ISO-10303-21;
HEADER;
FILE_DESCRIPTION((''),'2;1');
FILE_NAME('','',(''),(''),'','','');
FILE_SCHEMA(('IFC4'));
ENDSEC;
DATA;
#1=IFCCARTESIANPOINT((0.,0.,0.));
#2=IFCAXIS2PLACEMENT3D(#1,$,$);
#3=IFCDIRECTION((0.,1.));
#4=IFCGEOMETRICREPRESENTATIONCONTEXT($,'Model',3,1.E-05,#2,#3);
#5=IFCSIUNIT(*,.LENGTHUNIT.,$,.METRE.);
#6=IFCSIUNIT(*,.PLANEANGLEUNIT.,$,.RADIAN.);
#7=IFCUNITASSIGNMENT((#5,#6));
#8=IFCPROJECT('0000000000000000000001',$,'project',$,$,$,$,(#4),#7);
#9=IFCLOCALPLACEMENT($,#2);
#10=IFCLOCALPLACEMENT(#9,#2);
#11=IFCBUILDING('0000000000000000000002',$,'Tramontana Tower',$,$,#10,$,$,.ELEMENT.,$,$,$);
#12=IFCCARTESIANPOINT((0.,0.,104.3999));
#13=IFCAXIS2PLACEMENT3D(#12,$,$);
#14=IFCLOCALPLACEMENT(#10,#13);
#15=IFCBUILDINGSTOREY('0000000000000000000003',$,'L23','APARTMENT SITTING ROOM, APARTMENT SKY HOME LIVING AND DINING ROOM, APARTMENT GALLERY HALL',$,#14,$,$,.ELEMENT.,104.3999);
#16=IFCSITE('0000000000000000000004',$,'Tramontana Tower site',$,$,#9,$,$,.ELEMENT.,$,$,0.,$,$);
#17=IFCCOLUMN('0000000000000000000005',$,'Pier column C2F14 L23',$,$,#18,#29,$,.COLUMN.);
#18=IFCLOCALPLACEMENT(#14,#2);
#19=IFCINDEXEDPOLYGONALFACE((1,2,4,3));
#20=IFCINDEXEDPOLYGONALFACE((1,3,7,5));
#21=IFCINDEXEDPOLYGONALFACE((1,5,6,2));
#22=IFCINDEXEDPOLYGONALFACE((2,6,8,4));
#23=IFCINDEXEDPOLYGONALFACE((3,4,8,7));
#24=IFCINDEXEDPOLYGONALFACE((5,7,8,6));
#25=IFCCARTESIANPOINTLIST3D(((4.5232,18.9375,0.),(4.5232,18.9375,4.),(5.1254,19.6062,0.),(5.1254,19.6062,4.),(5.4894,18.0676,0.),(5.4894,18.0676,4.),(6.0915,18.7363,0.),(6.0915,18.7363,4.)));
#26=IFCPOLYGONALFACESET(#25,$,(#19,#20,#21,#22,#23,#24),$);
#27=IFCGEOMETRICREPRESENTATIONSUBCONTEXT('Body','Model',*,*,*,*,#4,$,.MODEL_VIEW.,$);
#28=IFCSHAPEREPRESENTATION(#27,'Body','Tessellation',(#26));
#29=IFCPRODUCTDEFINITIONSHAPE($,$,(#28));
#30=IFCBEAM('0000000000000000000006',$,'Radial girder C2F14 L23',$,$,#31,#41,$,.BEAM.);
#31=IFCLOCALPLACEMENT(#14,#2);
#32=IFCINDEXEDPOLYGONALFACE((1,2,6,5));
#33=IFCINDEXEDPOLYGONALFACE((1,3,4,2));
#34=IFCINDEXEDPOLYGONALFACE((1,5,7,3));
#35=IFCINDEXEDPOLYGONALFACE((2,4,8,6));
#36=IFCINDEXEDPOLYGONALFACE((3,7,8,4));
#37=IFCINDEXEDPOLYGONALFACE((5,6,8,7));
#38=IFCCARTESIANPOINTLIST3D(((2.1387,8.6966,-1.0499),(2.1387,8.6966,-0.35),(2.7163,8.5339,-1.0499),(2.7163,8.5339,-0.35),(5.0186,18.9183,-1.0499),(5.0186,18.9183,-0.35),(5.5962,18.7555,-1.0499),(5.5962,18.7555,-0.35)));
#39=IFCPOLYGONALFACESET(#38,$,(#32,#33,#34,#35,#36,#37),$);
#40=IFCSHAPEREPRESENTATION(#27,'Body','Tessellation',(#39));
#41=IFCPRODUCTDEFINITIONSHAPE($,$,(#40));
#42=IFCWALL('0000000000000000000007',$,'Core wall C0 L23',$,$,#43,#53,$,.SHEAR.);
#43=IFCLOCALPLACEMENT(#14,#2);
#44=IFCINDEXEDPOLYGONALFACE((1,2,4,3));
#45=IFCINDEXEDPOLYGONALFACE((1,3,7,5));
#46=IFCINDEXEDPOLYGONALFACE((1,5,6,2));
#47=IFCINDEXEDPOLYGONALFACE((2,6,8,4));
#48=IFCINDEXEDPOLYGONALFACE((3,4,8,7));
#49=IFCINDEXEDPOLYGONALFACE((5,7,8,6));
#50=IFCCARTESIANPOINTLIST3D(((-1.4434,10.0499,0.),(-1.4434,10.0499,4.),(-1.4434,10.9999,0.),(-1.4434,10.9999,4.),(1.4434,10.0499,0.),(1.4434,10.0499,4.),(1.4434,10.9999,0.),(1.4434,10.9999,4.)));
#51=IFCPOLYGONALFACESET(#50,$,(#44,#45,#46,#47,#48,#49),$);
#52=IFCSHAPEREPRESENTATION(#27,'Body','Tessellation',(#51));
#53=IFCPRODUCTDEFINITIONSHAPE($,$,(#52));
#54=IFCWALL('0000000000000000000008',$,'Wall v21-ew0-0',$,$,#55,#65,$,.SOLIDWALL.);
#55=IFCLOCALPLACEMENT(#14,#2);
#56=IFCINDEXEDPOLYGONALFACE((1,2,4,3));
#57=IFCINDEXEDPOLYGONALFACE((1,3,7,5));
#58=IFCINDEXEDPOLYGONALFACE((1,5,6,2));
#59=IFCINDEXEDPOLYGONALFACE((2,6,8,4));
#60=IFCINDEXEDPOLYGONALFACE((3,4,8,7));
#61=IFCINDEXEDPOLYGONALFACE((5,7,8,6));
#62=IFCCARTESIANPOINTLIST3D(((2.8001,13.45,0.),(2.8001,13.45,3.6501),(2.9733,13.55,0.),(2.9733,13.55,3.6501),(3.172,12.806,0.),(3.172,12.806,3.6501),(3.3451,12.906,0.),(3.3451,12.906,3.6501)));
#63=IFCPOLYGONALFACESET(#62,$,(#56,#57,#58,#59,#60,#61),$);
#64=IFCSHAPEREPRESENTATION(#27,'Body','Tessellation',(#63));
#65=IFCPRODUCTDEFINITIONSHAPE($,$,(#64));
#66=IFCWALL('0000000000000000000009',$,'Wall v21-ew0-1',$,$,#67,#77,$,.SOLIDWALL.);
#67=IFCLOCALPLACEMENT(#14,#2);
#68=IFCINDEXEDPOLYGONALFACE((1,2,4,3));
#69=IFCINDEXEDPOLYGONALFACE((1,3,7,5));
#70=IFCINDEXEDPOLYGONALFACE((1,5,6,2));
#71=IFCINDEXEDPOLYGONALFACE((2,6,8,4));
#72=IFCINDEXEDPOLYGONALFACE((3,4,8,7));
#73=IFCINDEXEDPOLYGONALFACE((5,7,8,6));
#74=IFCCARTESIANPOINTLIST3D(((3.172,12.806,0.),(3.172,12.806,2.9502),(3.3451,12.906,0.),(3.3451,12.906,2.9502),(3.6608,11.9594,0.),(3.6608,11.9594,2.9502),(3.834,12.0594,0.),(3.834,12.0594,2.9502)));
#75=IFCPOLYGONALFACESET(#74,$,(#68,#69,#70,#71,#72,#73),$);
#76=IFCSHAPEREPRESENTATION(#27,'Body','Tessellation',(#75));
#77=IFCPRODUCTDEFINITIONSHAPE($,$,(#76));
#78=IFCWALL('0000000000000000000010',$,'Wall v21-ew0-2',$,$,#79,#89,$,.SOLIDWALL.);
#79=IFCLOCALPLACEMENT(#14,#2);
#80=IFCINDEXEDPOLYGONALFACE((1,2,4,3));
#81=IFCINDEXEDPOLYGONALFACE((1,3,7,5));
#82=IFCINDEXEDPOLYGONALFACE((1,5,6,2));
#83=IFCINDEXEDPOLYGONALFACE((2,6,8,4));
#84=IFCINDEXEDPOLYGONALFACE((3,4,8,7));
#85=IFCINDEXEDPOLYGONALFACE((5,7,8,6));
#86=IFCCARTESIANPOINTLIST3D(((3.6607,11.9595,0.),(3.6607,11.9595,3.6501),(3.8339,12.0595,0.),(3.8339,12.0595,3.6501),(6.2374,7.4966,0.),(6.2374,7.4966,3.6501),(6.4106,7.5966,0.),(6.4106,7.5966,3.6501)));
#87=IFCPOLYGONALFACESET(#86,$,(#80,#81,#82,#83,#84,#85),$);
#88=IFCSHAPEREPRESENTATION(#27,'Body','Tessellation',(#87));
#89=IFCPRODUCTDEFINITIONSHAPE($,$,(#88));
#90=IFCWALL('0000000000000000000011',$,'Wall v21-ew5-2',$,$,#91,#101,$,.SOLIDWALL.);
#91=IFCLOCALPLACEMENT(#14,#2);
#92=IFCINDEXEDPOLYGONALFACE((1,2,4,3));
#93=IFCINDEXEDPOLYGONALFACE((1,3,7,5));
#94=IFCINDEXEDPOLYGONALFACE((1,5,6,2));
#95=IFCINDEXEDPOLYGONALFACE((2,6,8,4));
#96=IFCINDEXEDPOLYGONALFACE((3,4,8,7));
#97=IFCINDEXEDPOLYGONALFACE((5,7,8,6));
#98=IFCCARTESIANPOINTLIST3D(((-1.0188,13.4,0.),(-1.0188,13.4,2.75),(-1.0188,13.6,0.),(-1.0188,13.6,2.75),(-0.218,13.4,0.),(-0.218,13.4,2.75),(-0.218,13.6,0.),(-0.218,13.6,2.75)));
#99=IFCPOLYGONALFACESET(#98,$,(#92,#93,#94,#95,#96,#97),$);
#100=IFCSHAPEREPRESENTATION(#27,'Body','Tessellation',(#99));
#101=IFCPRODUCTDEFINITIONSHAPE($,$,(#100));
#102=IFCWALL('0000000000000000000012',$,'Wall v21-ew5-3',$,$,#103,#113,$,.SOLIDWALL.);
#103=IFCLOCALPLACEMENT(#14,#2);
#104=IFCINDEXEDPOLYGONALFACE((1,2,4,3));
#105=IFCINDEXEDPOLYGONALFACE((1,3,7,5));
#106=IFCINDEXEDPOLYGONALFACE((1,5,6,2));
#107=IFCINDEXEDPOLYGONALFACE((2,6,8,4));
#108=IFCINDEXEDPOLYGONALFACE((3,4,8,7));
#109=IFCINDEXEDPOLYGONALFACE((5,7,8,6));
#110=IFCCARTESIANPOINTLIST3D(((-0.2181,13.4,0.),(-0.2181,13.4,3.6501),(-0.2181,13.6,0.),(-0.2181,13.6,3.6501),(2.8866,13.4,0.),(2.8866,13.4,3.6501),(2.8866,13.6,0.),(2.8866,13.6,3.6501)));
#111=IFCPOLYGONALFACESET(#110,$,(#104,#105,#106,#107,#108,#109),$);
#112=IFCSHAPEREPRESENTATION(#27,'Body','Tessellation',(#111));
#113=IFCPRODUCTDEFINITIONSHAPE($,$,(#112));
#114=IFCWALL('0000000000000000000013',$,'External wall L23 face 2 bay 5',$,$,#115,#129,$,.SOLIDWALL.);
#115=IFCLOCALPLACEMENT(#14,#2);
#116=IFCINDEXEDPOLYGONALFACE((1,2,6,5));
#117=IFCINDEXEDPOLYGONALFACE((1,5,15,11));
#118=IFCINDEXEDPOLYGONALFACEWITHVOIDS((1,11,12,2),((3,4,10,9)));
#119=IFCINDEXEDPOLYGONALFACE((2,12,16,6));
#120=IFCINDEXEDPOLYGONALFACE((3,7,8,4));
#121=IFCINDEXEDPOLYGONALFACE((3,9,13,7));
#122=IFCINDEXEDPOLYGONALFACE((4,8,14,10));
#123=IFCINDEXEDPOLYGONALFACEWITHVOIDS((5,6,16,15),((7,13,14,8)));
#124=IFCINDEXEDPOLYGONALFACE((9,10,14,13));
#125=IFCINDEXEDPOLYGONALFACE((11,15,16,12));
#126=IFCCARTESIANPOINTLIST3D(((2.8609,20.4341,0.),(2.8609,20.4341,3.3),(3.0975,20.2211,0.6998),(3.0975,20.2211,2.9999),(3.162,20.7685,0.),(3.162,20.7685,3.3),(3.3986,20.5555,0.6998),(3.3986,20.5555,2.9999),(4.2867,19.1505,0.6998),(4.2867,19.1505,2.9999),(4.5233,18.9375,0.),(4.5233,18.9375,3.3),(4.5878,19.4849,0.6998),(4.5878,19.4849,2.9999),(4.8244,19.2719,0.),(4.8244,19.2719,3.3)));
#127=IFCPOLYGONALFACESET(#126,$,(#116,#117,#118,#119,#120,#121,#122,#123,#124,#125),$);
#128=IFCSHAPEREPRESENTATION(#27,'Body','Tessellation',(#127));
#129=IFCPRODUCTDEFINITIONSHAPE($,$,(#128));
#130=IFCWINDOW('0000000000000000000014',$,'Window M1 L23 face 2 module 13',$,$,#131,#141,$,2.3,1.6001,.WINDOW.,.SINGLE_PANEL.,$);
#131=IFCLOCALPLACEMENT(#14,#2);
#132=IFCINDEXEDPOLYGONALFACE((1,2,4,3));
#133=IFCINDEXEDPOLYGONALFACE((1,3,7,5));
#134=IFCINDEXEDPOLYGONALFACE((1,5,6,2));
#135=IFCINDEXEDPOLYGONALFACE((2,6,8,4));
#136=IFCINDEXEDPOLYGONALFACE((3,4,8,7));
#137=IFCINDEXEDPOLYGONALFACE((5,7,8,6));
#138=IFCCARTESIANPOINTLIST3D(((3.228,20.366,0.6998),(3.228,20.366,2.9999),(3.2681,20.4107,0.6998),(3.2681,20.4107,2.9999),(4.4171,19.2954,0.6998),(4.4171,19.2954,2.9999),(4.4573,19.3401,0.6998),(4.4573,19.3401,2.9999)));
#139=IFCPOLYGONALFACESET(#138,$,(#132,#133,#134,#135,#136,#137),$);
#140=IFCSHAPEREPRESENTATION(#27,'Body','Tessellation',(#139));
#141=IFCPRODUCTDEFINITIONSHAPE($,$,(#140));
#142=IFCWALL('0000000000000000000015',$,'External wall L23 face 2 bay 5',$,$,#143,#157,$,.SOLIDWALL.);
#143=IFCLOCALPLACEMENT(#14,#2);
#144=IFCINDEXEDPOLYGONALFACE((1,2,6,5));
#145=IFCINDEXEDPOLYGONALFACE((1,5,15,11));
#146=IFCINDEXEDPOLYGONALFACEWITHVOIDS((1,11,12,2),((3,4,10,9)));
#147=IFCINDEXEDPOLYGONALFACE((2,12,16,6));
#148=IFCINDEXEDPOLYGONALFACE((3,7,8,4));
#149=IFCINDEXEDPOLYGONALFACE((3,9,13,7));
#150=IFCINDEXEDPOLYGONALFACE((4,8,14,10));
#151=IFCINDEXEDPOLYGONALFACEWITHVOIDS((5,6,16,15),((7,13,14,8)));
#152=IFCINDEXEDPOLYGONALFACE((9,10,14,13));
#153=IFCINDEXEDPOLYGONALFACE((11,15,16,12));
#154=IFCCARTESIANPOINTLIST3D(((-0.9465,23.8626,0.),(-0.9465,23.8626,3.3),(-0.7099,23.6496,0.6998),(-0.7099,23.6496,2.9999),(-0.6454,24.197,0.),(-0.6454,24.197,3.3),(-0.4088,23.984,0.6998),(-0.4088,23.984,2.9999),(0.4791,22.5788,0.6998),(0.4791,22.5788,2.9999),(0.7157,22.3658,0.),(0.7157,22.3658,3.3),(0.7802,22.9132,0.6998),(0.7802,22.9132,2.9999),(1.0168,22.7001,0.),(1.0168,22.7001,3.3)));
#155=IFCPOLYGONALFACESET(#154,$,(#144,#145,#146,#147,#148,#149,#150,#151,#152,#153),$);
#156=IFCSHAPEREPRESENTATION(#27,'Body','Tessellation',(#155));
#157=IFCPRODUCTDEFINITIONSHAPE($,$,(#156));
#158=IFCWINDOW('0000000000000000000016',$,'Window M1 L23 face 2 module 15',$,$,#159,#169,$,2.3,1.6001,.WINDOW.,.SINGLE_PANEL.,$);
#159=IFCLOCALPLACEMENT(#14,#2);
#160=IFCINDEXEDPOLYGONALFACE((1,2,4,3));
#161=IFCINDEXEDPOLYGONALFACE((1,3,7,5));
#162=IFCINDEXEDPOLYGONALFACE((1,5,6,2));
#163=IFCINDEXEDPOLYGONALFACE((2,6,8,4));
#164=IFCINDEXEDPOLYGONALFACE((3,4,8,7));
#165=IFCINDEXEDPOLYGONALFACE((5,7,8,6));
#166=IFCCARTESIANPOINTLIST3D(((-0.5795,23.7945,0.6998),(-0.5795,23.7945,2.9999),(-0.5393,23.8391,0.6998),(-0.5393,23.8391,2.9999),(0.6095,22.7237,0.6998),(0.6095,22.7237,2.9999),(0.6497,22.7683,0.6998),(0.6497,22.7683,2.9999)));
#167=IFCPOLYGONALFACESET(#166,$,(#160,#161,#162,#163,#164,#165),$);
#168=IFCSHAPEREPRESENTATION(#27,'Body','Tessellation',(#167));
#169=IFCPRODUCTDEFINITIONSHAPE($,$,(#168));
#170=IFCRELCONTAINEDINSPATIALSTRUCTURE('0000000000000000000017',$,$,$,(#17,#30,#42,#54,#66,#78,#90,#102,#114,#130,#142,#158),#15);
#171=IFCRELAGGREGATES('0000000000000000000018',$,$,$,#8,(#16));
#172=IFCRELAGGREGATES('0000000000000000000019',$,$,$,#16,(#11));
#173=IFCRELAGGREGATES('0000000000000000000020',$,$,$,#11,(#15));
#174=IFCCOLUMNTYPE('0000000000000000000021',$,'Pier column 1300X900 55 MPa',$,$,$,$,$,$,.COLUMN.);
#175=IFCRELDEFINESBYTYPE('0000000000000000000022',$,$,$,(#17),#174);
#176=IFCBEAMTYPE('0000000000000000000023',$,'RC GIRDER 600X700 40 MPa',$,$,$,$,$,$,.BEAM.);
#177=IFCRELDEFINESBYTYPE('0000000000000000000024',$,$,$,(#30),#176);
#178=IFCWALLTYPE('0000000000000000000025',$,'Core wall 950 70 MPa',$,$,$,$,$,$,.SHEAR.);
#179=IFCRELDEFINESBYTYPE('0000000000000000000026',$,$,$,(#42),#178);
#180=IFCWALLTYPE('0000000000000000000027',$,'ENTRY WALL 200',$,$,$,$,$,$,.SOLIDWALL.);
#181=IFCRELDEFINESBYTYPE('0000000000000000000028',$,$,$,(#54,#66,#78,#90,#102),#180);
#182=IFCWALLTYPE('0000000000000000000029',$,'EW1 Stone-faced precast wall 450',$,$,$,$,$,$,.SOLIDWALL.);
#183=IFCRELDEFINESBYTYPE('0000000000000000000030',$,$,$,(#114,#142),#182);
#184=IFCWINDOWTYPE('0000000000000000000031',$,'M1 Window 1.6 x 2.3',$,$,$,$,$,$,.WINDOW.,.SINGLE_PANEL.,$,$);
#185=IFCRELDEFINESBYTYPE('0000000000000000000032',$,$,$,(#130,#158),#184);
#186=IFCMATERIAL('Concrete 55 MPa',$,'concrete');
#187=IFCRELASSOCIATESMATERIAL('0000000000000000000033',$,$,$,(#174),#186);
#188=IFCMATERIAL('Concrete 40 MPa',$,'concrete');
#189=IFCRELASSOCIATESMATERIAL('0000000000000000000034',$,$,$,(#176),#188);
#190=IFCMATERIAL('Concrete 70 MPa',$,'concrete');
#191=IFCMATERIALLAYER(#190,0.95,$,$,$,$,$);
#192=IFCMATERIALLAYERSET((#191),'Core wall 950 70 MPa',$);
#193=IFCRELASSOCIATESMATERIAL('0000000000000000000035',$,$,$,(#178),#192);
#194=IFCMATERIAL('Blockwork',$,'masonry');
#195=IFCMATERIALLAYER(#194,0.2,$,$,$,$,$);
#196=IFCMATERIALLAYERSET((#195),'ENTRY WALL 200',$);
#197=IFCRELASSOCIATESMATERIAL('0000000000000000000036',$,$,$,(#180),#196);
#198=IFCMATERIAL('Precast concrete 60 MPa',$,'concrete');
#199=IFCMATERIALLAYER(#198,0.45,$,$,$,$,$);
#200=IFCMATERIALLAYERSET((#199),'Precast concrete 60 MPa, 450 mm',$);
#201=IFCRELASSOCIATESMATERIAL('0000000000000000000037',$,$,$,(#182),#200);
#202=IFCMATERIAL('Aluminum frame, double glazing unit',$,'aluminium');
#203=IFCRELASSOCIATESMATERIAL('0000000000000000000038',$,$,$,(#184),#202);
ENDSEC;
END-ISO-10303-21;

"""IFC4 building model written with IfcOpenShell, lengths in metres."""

from ifc_helpers import new_model, si_unit, direction, frame, frame_2d, origin, origin_2d, place, context, subcontext, project, spatial, rectangle, extrude, material, layer, layer_set, material_profile, profile_set, type_object, element, fill, save


model = new_model("IFC4")

# Units and contexts
model_context = context("Model", 3, precision=1e-05, world=origin(), true_north=direction((0.0, 1.0)))
body_context = subcontext(model_context, "Body", "Model", "MODEL_VIEW")
ifc_project = project(units=[si_unit("LENGTHUNIT", "METRE"), si_unit("PLANEANGLEUNIT", "RADIAN")], contexts=[model_context])

# Site, building, storey
site_placement = place(None, origin())
site = spatial("IfcSite", under=ifc_project, at=site_placement, Name="Tramontana Tower site", CompositionType="ELEMENT", RefElevation=0.0)
building_placement = place(site_placement, origin())
building = spatial("IfcBuilding", under=site, at=building_placement, Name="Tramontana Tower", CompositionType="ELEMENT")
storey_placement = place(building_placement, frame((0.0, 0.0, 104.3999)))
storey = spatial("IfcBuildingStorey", under=building, at=storey_placement, Name="L23", Description="APARTMENT SITTING ROOM, APARTMENT SKY HOME LIVING AND DINING ROOM, APARTMENT GALLERY HALL", CompositionType="ELEMENT", Elevation=104.3999)

# Column
ifc_material_1 = material(Name="Concrete 55 MPa", Category="concrete")
ifc_material_profile_1 = material_profile(ifc_material_1, rectangle(XDim=1.3, YDim=0.8999, at=origin_2d()), Name="Pier column 1300X900 55 MPa")
ifc_profile_set_1 = profile_set([ifc_material_profile_1], Name="Concrete 55 MPa")
column_type = type_object("IfcColumnType", Name="Pier column 1300X900 55 MPa", PredefinedType="COLUMN", material=ifc_profile_set_1)
column_placement = place(storey_placement, frame((5.3074, 18.8369, 0.0), z_axis=(0.0, 0.0, 1.0), x_axis=(-0.743145, 0.669131, 0.0)))
element("IfcColumn", 1, at=column_placement, inside=storey, type_object=column_type, Name="Pier column C2F14 L23", PredefinedType="COLUMN", context=body_context, shape_type="SweptSolid", body=[
    extrude(rectangle(XDim=1.3, YDim=0.8999, at=origin_2d()), origin(), (0.0, 0.0, 1.0), 4.0),
])

# Beam
ifc_material_2 = material(Name="Concrete 40 MPa", Category="concrete")
ifc_material_profile_2 = material_profile(ifc_material_2, rectangle(XDim=0.6001, YDim=0.7, at=origin_2d()), Name="RC GIRDER 600X700 40 MPa")
ifc_profile_set_2 = profile_set([ifc_material_profile_2], Name="Concrete 40 MPa")
beam_type = type_object("IfcBeamType", Name="RC GIRDER 600X700 40 MPa", PredefinedType="BEAM", material=ifc_profile_set_2)
beam_placement = place(storey_placement, frame((5.3074, 18.8369, -0.7), z_axis=(-0.271185, -0.962527, 0.0), x_axis=(0.962527, -0.271185, 0.0)))
element("IfcBeam", 2, at=beam_placement, inside=storey, type_object=beam_type, Name="Radial girder C2F14 L23", PredefinedType="BEAM", context=body_context, shape_type="SweptSolid", body=[
    extrude(rectangle(XDim=0.6001, YDim=0.7, at=origin_2d()), origin(), (0.0, 0.0, 1.0), 10.6196),
])

# Walls
ifc_material_3 = material(Name="Concrete 70 MPa", Category="concrete")
ifc_layer_1 = layer(ifc_material_3, 0.95)
ifc_layer_set_1 = layer_set([ifc_layer_1], Name="Core wall 950 70 MPa")
wall_type_1 = type_object("IfcWallType", Name="Core wall 950 70 MPa", PredefinedType="SHEAR", material=ifc_layer_set_1)
wall_1_placement = place(storey_placement, frame((1.4434, 10.5249, 0.0), z_axis=(0.0, 0.0, 1.0), x_axis=(-1.0, 0.0, 0.0)))
element("IfcWall", 3, at=wall_1_placement, inside=storey, type_object=wall_type_1, Name="Core wall C0 L23", PredefinedType="SHEAR", context=body_context, shape_type="SweptSolid", body=[
    extrude(rectangle(XDim=2.8867, YDim=0.95, at=frame_2d((1.4434, 0.0))), origin(), (0.0, 0.0, 1.0), 4.0),
])
ifc_material_4 = material(Name="Blockwork", Category="masonry")
ifc_layer_2 = layer(ifc_material_4, 0.2)
ifc_layer_set_2 = layer_set([ifc_layer_2], Name="ENTRY WALL 200")
wall_type_2 = type_object("IfcWallType", Name="ENTRY WALL 200", PredefinedType="SOLIDWALL", material=ifc_layer_set_2)
wall_2_placement = place(storey_placement, frame((2.8867, 13.5, 0.0), z_axis=(0.0, 0.0, 1.0), x_axis=(0.499988, -0.866033, 0.0)))
element("IfcWall", 4, at=wall_2_placement, inside=storey, type_object=wall_type_2, Name="Wall v21-ew0-0", PredefinedType="SOLIDWALL", context=body_context, shape_type="SweptSolid", body=[
    extrude(rectangle(XDim=0.7437, YDim=0.2, at=frame_2d((0.3718, 0.0))), origin(), (0.0, 0.0, 1.0), 3.6501),
])
wall_3_placement = place(storey_placement, frame((3.2585, 12.856, 0.0), z_axis=(0.0, 0.0, 1.0), x_axis=(0.500061, -0.86599, 0.0)))
element("IfcWall", 5, at=wall_3_placement, inside=storey, type_object=wall_type_2, Name="Wall v21-ew0-1", PredefinedType="SOLIDWALL", context=body_context, shape_type="SweptSolid", body=[
    extrude(rectangle(XDim=0.9775, YDim=0.2, at=frame_2d((0.4888, 0.0))), origin(), (0.0, 0.0, 1.0), 2.9502),
])
wall_4_placement = place(storey_placement, frame((3.7473, 12.0095, 0.0), z_axis=(0.0, 0.0, 1.0), x_axis=(0.500001, -0.866025, 0.0)))
element("IfcWall", 6, at=wall_4_placement, inside=storey, type_object=wall_type_2, Name="Wall v21-ew0-2", PredefinedType="SOLIDWALL", context=body_context, shape_type="SweptSolid", body=[
    extrude(rectangle(XDim=5.1533, YDim=0.2, at=frame_2d((2.5767, 0.0))), origin(), (0.0, 0.0, 1.0), 3.6501),
])
wall_5_placement = place(storey_placement, frame((-1.0188, 13.5, 0.0), z_axis=(0.0, 0.0, 1.0), x_axis=(1.0, 0.0, 0.0)))
element("IfcWall", 7, at=wall_5_placement, inside=storey, type_object=wall_type_2, Name="Wall v21-ew5-2", PredefinedType="SOLIDWALL", context=body_context, shape_type="SweptSolid", body=[
    extrude(rectangle(XDim=0.8008, YDim=0.2, at=frame_2d((0.4004, 0.0))), origin(), (0.0, 0.0, 1.0), 2.75),
])
wall_6_placement = place(storey_placement, frame((-0.218, 13.5, 0.0), z_axis=(0.0, 0.0, 1.0), x_axis=(1.0, 0.0, 0.0)))
element("IfcWall", 8, at=wall_6_placement, inside=storey, type_object=wall_type_2, Name="Wall v21-ew5-3", PredefinedType="SOLIDWALL", context=body_context, shape_type="SweptSolid", body=[
    extrude(rectangle(XDim=3.1047, YDim=0.2, at=frame_2d((1.5522, 0.0))), origin(), (0.0, 0.0, 1.0), 3.6501),
])

# Walls, openings, windows
ifc_material_5 = material(Name="Precast concrete 60 MPa", Category="concrete")
ifc_layer_3 = layer(ifc_material_5, 0.45)
ifc_layer_set_3 = layer_set([ifc_layer_3], Name="Precast concrete 60 MPa, 450 mm")
wall_type_3 = type_object("IfcWallType", Name="EW1 Stone-faced precast wall 450", PredefinedType="SOLIDWALL", material=ifc_layer_set_3)
wall_7_placement = place(storey_placement, frame((4.6738, 19.1047, 0.0), z_axis=(0.0, 0.0, 1.0), x_axis=(-0.743191, 0.669079, 0.0)))
wall_7 = element("IfcWall", 9, at=wall_7_placement, inside=storey, type_object=wall_type_3, Name="External wall L23 face 2 bay 5", PredefinedType="SOLIDWALL", context=body_context, shape_type="SweptSolid", body=[
    extrude(rectangle(XDim=2.2368, YDim=0.45, at=frame_2d((1.1184, 0.0))), origin(), (0.0, 0.0, 1.0), 3.3),
])
opening_1_placement = place(wall_7_placement, frame((0.3184, 0.0, 0.7)))
opening_1 = element("IfcOpeningElement", 10, at=opening_1_placement, cuts=wall_7, PredefinedType="OPENING", context=body_context, shape_type="SweptSolid", body=[
    extrude(rectangle(XDim=1.6001, YDim=2.3, at=frame_2d((0.8, 1.1499))), frame((0.0, 0.2349, 0.0), z_axis=(0.0, -1.0, 0.0), x_axis=(1.0, 0.0, 0.0)), (0.0, 0.0, 1.0), 0.47),
])
ifc_material_6 = material(Name="Aluminum frame, double glazing unit", Category="aluminium")
window_type = type_object("IfcWindowType", Name="M1 Window 1.6 x 2.3", PartitioningType="SINGLE_PANEL", PredefinedType="WINDOW", material=ifc_material_6)
window_1_placement = place(opening_1_placement, origin())
window_1 = element("IfcWindow", 11, at=window_1_placement, inside=storey, type_object=window_type, Name="Window M1 L23 face 2 module 13", OverallHeight=2.3, OverallWidth=1.6001, PartitioningType="SINGLE_PANEL", PredefinedType="WINDOW", context=body_context, shape_type="SweptSolid", body=[
    extrude(rectangle(XDim=1.6001, YDim=2.3, at=frame_2d((0.8, 1.1499))), frame((0.0, 0.03, 0.0), z_axis=(0.0, -1.0, 0.0), x_axis=(1.0, 0.0, 0.0)), (0.0, 0.0, 1.0), 0.0601),
])
fill(opening_1, window_1)
wall_8_placement = place(storey_placement, frame((0.8662, 22.533, 0.0), z_axis=(0.0, 0.0, 1.0), x_axis=(-0.743088, 0.669194, 0.0)))
wall_8 = element("IfcWall", 12, at=wall_8_placement, inside=storey, type_object=wall_type_3, Name="External wall L23 face 2 bay 5", PredefinedType="SOLIDWALL", context=body_context, shape_type="SweptSolid", body=[
    extrude(rectangle(XDim=2.2368, YDim=0.45, at=frame_2d((1.1184, 0.0))), origin(), (0.0, 0.0, 1.0), 3.3),
])
opening_2_placement = place(wall_8_placement, frame((0.3184, 0.0, 0.7)))
opening_2 = element("IfcOpeningElement", 13, at=opening_2_placement, cuts=wall_8, PredefinedType="OPENING", context=body_context, shape_type="SweptSolid", body=[
    extrude(rectangle(XDim=1.6001, YDim=2.3, at=frame_2d((0.8, 1.1499))), frame((0.0, 0.2349, 0.0), z_axis=(0.0, -1.0, 0.0), x_axis=(1.0, 0.0, 0.0)), (0.0, 0.0, 1.0), 0.47),
])
window_2_placement = place(opening_2_placement, origin())
window_2 = element("IfcWindow", 14, at=window_2_placement, inside=storey, type_object=window_type, Name="Window M1 L23 face 2 module 15", OverallHeight=2.3, OverallWidth=1.6001, PartitioningType="SINGLE_PANEL", PredefinedType="WINDOW", context=body_context, shape_type="SweptSolid", body=[
    extrude(rectangle(XDim=1.6001, YDim=2.3, at=frame_2d((0.8, 1.1499))), frame((0.0, 0.03, 0.0), z_axis=(0.0, -1.0, 0.0), x_axis=(1.0, 0.0, 0.0)), (0.0, 0.0, 1.0), 0.0601),
])
fill(opening_2, window_2)

save(model, "model.ifc")
